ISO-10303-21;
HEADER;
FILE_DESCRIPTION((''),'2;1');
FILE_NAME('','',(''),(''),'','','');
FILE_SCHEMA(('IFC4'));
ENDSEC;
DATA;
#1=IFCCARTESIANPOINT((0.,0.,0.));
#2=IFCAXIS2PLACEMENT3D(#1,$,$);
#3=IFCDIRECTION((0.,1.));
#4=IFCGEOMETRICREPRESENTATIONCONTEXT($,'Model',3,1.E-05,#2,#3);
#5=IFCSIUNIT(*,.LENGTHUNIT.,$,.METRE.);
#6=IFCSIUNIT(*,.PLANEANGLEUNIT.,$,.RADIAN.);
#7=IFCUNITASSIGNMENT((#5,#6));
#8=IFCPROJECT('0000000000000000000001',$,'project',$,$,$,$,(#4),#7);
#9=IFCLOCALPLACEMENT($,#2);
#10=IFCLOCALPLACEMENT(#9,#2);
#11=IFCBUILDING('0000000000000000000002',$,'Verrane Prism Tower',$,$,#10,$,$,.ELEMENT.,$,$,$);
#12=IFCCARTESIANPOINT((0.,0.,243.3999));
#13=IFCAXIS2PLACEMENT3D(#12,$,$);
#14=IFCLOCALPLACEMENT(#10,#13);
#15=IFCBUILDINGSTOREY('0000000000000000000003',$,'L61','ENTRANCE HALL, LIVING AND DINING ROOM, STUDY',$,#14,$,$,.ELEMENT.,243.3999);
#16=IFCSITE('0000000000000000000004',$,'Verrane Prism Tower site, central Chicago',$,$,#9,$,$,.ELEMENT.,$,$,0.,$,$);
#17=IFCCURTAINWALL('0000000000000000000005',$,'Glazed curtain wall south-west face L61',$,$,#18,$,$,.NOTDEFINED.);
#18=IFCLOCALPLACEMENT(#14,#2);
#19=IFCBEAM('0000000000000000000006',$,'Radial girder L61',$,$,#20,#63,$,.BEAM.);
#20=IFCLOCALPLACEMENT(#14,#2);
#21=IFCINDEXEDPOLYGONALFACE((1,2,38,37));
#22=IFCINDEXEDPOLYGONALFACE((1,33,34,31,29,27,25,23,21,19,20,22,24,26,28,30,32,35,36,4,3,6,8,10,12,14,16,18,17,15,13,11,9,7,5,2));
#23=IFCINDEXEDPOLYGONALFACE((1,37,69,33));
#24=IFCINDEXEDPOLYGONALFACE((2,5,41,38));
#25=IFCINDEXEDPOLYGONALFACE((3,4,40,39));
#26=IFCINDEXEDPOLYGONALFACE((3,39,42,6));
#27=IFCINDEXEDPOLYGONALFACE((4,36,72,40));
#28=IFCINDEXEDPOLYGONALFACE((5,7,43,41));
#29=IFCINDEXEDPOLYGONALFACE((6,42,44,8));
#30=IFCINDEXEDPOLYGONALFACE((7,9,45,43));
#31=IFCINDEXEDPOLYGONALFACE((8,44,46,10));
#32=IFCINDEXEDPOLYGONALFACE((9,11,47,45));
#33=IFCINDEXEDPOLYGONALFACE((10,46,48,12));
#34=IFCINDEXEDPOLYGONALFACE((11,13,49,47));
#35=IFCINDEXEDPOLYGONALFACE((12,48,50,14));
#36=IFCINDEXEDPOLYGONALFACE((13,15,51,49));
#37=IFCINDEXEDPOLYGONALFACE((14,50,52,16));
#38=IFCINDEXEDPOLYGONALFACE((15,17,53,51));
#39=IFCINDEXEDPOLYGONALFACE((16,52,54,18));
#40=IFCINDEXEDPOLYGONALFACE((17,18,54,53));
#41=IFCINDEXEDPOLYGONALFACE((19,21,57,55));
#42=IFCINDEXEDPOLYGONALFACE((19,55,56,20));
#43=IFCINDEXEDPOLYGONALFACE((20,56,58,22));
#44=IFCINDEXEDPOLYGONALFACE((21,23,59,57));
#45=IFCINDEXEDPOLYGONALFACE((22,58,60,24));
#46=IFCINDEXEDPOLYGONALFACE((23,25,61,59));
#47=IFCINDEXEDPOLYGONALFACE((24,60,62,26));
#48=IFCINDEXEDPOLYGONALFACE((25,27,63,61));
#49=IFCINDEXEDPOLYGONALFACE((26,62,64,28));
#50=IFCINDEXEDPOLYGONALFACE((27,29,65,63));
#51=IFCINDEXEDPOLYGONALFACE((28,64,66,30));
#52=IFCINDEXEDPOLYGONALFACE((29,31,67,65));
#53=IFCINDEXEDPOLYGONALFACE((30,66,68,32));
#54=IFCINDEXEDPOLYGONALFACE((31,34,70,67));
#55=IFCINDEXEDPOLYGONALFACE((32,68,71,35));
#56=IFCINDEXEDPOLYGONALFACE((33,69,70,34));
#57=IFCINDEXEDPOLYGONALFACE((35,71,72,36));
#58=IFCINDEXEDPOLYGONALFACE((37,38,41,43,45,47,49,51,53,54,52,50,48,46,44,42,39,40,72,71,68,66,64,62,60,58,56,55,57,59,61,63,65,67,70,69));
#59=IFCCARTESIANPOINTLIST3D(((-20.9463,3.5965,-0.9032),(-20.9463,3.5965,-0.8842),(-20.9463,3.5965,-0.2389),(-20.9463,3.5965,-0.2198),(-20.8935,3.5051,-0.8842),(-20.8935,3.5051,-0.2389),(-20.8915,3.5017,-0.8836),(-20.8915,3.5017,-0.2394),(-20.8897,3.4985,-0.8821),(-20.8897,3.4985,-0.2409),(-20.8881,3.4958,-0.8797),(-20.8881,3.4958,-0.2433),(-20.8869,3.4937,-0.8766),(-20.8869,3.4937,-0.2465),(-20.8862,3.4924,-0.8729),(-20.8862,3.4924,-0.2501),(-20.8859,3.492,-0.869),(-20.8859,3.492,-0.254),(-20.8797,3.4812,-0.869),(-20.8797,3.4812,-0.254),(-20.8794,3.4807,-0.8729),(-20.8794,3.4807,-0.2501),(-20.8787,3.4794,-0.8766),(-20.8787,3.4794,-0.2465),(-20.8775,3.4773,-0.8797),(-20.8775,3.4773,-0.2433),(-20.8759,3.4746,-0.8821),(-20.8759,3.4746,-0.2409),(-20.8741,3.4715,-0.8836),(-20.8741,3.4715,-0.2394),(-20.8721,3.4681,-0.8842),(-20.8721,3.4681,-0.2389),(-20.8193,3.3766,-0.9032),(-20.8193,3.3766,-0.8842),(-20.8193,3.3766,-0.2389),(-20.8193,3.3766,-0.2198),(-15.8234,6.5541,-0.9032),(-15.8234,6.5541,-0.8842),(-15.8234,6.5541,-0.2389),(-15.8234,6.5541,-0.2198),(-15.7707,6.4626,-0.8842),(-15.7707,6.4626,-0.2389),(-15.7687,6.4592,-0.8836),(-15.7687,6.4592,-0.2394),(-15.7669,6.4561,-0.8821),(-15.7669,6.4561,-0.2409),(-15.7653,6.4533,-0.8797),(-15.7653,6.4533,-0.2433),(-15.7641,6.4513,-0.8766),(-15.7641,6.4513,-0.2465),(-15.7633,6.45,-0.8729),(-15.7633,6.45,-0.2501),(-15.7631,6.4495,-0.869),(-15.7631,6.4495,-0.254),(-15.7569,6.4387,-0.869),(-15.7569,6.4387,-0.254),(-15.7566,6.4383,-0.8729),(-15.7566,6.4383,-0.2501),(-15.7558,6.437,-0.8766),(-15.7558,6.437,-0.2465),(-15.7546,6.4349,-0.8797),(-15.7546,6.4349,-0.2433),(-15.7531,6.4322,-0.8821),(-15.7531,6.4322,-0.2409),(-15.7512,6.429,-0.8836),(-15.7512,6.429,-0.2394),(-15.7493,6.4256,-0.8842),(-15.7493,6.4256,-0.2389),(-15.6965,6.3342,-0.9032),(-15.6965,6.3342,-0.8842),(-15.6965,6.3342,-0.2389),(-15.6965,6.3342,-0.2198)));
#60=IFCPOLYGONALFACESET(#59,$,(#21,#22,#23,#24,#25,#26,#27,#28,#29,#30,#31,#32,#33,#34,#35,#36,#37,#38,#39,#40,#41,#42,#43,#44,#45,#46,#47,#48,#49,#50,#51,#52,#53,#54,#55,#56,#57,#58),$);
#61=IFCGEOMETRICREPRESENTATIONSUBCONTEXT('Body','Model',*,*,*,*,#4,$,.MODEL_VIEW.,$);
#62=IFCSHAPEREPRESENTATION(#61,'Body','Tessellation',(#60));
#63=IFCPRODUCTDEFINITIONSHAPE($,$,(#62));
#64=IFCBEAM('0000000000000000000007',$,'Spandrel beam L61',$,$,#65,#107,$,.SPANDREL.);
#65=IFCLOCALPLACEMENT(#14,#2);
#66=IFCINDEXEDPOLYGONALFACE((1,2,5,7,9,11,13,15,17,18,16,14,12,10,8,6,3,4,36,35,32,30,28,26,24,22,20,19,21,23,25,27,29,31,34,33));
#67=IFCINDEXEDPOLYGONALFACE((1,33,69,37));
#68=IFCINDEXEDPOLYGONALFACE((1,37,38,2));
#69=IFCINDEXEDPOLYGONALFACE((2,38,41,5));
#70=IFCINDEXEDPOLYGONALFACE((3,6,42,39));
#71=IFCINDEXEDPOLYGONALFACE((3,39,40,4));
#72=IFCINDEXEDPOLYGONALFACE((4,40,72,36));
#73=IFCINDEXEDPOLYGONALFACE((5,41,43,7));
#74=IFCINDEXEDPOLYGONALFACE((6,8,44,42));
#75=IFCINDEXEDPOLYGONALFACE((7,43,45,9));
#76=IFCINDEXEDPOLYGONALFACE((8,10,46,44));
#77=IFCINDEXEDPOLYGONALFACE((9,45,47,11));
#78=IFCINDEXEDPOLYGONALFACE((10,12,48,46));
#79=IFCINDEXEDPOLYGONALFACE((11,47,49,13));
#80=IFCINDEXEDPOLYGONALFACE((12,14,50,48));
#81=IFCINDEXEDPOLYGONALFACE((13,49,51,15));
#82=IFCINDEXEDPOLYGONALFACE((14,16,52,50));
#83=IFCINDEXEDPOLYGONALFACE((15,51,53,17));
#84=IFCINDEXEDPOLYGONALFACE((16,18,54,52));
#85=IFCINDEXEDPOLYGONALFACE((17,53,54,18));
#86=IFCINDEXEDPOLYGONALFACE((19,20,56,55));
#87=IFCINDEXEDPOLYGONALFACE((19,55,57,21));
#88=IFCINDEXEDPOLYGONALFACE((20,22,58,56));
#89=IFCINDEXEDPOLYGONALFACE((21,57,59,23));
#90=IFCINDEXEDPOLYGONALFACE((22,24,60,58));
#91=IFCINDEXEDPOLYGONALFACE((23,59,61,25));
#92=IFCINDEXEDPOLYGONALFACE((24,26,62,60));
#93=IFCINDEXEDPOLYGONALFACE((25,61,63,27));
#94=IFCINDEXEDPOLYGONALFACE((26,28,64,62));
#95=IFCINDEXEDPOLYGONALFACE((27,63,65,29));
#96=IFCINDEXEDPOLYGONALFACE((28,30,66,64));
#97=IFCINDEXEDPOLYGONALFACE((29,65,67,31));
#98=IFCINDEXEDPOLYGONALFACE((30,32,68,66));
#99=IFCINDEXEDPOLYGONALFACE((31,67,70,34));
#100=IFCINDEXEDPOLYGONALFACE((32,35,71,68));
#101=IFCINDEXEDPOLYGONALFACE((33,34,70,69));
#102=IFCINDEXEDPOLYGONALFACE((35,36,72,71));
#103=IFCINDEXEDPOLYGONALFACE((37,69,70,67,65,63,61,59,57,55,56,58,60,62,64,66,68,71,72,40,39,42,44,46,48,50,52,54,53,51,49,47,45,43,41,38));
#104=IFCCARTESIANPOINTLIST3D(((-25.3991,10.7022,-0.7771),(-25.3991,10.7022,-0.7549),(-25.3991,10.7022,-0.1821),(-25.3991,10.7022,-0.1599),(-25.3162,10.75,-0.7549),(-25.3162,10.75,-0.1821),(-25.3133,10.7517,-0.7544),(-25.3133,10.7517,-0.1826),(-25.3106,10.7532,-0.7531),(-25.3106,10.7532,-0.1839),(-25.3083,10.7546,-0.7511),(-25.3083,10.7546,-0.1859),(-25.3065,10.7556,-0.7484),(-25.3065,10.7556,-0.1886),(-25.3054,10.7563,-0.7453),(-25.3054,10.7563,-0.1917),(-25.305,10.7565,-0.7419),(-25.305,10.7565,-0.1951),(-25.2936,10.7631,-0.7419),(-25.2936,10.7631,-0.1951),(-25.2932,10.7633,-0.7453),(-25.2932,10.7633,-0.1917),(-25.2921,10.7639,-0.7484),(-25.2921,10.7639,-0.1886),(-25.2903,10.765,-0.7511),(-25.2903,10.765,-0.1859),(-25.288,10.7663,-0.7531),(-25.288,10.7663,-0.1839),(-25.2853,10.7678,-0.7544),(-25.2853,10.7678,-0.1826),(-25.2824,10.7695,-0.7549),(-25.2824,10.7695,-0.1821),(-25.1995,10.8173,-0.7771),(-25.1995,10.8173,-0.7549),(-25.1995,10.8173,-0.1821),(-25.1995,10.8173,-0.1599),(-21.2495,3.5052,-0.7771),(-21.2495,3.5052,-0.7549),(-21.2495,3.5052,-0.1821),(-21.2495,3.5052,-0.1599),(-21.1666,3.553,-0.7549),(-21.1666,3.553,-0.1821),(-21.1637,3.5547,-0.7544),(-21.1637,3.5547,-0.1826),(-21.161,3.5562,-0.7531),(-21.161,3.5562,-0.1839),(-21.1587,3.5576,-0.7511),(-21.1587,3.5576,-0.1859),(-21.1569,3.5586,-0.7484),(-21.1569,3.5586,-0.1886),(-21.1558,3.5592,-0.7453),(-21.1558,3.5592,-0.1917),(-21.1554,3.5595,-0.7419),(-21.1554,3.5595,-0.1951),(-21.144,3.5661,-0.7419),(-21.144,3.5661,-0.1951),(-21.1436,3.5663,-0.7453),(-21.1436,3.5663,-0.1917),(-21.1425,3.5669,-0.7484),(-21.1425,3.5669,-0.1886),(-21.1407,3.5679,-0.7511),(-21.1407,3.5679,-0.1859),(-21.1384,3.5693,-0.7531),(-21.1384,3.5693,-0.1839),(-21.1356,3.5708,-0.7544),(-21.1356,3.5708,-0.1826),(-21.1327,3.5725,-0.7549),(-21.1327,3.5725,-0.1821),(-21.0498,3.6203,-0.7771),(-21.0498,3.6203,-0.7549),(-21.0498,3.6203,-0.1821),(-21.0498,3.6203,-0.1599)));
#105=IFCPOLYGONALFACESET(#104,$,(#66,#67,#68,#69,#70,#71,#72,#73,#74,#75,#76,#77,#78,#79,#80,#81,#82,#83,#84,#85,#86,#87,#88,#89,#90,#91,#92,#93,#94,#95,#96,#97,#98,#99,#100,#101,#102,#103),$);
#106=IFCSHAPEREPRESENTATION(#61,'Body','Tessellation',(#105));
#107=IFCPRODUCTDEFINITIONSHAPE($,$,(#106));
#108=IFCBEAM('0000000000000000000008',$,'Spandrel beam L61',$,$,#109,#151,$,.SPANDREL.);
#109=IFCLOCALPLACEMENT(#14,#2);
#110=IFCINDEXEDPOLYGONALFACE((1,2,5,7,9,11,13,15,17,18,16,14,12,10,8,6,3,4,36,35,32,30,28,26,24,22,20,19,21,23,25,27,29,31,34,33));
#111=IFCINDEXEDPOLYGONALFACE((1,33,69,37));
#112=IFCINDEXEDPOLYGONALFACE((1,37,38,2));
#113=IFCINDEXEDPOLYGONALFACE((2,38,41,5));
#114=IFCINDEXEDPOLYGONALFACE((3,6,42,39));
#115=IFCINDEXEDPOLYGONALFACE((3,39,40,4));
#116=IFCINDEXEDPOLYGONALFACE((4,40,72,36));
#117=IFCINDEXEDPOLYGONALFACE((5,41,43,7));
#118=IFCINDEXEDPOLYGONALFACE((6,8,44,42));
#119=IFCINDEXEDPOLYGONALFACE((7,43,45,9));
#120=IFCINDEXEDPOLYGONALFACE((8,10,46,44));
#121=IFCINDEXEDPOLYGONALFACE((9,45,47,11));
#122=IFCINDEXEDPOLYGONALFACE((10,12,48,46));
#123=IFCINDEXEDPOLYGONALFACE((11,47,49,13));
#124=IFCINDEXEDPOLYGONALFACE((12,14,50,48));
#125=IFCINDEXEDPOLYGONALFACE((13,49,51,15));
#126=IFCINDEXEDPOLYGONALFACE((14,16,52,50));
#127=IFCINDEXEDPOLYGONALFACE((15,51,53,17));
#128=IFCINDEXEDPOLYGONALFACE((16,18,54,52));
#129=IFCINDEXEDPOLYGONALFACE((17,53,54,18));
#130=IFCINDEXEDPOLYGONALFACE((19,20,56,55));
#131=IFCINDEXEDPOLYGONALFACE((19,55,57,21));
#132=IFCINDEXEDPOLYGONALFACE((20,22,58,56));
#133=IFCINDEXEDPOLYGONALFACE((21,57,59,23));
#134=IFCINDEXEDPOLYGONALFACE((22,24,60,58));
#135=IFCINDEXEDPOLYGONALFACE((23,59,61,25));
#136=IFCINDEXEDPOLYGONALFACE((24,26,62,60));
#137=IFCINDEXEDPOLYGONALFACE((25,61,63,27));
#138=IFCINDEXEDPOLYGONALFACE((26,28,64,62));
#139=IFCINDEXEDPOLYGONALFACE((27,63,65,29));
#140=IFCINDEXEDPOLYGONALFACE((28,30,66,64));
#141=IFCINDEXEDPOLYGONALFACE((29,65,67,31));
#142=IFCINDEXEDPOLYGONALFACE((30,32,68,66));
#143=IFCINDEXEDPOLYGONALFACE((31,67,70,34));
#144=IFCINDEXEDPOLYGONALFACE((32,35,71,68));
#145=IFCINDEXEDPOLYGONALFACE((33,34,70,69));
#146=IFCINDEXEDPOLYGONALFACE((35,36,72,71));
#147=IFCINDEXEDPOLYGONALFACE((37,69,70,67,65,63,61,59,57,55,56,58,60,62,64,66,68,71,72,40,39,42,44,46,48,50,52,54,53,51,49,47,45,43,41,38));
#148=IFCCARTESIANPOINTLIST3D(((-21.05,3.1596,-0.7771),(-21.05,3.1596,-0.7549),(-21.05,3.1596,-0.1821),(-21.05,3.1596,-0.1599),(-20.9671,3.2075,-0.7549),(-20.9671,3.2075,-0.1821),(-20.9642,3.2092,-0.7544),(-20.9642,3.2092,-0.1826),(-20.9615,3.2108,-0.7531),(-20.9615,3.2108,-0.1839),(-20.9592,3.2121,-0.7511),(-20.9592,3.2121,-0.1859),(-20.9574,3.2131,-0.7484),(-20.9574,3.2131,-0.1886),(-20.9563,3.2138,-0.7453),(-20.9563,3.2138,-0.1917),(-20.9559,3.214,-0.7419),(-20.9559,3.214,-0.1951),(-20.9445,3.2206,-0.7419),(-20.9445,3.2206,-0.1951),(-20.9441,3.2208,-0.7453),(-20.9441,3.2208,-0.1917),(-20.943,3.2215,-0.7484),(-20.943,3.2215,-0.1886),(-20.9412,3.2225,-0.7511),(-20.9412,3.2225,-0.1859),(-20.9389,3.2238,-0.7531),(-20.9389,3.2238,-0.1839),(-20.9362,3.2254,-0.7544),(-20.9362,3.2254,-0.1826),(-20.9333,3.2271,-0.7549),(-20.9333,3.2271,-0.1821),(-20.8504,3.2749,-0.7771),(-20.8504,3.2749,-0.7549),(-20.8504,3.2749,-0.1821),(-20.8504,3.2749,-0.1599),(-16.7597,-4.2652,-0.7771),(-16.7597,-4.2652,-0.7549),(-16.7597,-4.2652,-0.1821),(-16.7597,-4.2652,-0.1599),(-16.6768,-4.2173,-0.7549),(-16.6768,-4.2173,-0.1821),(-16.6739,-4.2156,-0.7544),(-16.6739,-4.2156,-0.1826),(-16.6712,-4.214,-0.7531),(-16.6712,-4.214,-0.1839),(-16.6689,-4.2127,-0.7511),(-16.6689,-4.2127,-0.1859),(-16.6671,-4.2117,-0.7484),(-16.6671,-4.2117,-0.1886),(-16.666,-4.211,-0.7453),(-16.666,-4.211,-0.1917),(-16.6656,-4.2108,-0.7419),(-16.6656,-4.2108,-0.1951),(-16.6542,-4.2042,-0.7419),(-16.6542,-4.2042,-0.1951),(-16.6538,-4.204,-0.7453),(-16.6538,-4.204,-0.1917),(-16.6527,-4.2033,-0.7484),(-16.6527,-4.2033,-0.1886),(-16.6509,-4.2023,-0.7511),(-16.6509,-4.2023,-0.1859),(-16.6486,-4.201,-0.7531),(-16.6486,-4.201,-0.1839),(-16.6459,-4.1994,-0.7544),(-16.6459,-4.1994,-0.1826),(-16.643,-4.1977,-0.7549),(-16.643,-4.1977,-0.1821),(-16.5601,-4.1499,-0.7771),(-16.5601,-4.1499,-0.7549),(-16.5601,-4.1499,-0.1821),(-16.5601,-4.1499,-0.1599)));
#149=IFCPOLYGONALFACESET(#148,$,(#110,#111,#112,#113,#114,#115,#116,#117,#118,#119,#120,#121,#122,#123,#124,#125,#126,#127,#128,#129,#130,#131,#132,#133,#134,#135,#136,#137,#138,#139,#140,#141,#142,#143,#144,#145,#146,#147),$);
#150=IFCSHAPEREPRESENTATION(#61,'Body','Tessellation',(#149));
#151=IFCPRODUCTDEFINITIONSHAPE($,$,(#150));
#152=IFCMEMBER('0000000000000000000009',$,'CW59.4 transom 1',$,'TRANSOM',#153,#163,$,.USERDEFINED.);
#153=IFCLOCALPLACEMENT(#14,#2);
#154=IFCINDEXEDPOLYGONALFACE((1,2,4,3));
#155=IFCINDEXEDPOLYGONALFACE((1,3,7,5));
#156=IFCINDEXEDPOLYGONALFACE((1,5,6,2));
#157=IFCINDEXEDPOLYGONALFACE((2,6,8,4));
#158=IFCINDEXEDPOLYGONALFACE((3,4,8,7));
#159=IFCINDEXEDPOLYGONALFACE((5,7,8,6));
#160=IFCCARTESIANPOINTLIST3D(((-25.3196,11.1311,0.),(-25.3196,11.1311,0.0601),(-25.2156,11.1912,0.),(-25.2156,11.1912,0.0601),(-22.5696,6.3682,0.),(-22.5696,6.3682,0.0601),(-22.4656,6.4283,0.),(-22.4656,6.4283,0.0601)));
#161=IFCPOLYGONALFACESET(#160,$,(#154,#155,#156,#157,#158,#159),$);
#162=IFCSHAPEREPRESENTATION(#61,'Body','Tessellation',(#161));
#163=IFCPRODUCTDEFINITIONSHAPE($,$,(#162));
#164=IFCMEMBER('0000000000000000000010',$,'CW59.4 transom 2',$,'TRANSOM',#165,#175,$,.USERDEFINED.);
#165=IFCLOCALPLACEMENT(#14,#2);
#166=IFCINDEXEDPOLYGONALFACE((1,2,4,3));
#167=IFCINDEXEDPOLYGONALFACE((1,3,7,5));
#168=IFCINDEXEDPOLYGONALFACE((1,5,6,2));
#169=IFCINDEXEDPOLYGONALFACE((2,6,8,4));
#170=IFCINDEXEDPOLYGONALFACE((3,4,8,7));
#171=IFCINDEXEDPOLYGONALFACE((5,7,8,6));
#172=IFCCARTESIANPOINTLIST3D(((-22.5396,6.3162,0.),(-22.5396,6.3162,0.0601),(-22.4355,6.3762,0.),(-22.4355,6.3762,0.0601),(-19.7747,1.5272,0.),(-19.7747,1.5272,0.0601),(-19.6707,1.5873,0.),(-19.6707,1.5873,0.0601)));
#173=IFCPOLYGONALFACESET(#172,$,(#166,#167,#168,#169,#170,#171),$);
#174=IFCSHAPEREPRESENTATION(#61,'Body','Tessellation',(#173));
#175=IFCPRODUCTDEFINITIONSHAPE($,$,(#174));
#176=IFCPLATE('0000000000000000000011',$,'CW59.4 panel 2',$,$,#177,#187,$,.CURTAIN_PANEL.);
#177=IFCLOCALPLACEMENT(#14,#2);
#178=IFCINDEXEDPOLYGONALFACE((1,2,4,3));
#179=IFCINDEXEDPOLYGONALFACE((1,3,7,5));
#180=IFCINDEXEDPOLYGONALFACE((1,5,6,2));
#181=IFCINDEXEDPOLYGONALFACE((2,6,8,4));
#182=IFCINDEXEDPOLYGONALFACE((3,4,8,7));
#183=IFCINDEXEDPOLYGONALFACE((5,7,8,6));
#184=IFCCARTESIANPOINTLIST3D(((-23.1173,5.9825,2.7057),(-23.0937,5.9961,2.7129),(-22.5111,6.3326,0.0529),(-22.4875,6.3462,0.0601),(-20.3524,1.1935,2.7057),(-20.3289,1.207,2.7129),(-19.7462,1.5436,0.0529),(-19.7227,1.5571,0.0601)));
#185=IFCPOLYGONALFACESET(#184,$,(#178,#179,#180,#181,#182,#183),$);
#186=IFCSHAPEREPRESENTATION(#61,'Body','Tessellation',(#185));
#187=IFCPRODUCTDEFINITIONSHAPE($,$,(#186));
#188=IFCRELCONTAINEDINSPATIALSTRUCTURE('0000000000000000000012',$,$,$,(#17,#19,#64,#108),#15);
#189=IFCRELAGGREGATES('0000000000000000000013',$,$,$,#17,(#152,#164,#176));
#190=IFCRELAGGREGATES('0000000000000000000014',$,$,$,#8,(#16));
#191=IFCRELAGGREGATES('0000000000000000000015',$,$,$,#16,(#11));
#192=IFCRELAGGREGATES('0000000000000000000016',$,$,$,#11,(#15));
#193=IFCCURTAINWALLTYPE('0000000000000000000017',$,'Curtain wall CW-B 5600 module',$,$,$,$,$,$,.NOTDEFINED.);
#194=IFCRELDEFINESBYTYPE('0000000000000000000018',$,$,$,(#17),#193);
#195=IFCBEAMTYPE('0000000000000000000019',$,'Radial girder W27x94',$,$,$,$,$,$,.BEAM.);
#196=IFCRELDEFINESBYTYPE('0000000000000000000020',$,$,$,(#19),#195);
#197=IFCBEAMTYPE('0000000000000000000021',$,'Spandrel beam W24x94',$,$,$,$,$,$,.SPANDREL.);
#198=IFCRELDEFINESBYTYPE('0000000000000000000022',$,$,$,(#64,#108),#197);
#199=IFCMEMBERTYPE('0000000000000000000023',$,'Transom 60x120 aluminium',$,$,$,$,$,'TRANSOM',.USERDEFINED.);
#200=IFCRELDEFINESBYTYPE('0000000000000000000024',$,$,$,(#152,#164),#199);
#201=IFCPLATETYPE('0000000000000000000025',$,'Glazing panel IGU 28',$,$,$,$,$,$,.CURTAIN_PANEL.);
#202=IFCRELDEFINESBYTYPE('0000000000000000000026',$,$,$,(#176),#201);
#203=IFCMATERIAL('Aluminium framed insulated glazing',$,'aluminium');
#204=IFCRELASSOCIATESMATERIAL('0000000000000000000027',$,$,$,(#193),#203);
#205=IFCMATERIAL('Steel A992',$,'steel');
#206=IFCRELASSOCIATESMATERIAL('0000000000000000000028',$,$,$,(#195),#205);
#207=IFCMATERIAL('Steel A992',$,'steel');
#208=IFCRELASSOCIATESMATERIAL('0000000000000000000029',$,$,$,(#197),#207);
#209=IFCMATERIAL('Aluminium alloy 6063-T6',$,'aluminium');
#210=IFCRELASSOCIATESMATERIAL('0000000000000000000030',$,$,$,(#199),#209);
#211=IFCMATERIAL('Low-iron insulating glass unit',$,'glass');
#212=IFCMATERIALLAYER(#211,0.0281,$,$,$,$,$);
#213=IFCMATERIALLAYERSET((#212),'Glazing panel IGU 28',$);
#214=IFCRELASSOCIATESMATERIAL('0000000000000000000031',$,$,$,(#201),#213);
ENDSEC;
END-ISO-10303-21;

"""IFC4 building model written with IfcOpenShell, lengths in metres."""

from ifc_helpers import new_model, si_unit, direction, frame, origin, origin_2d, place, context, subcontext, project, spatial, polyline, rectangle, i_section, outline, extrude, material, layer, layer_set, material_profile, profile_set, type_object, element, aggregate, save


model = new_model("IFC4")

# Units and contexts
model_context = context("Model", 3, precision=1e-05, world=origin(), true_north=direction((0.0, 1.0)))
body_context = subcontext(model_context, "Body", "Model", "MODEL_VIEW")
ifc_project = project(units=[si_unit("LENGTHUNIT", "METRE"), si_unit("PLANEANGLEUNIT", "RADIAN")], contexts=[model_context])

# Site, building, storey
site_placement = place(None, origin())
site = spatial("IfcSite", under=ifc_project, at=site_placement, Name="Verrane Prism Tower site, central Chicago", CompositionType="ELEMENT", RefElevation=0.0)
building_placement = place(site_placement, origin())
building = spatial("IfcBuilding", under=site, at=building_placement, Name="Verrane Prism Tower", CompositionType="ELEMENT")
storey_placement = place(building_placement, frame((0.0, 0.0, 243.3999)))
storey = spatial("IfcBuildingStorey", under=building, at=storey_placement, Name="L61", Description="ENTRANCE HALL, LIVING AND DINING ROOM, STUDY", CompositionType="ELEMENT", Elevation=243.3999)

# Curtain wall
ifc_material_1 = material(Name="Aluminium framed insulated glazing", Category="aluminium")
curtain_wall_type = type_object("IfcCurtainWallType", Name="Curtain wall CW-B 5600 module", PredefinedType="NOTDEFINED", material=ifc_material_1)
curtain_wall_placement = place(storey_placement, origin())
curtain_wall = element("IfcCurtainWall", 1, at=curtain_wall_placement, inside=storey, type_object=curtain_wall_type, Name="Glazed curtain wall south-west face L61", PredefinedType="NOTDEFINED")

# Beams
ifc_material_2 = material(Name="Steel A992", Category="steel")
ifc_material_profile_1 = material_profile(ifc_material_2, i_section(OverallWidth=0.2539, OverallDepth=0.6833, WebThickness=0.0125, FlangeThickness=0.019, FilletRadius=0.0151, at=origin_2d()), Name="W27x94")
ifc_profile_set_1 = profile_set([ifc_material_profile_1], Name="Steel A992")
beam_type_1 = type_object("IfcBeamType", Name="Radial girder W27x94", PredefinedType="BEAM", material=ifc_profile_set_1)
beam_1_placement = place(storey_placement, frame((-20.8828, 3.4866, -0.5615), z_axis=(0.866035, 0.499983, 0.0), x_axis=(-0.499983, 0.866035, 0.0)))
element("IfcBeam", 2, at=beam_1_placement, inside=storey, type_object=beam_type_1, Name="Radial girder L61", PredefinedType="BEAM", context=body_context, shape_type="SweptSolid", body=[
    extrude(i_section(OverallWidth=0.2539, OverallDepth=0.6833, WebThickness=0.0125, FlangeThickness=0.019, FilletRadius=0.0151, at=origin_2d()), origin(), (0.0, 0.0, 1.0), 5.9153),
])
ifc_material_3 = material(Name="Steel A992", Category="steel")
ifc_material_profile_2 = material_profile(ifc_material_3, i_section(OverallWidth=0.2305, OverallDepth=0.6172, WebThickness=0.0132, FlangeThickness=0.0222, FilletRadius=0.0129, at=origin_2d()), Name="W24x94")
ifc_profile_set_2 = profile_set([ifc_material_profile_2], Name="Steel A992")
beam_type_2 = type_object("IfcBeamType", Name="Spandrel beam W24x94", PredefinedType="SPANDREL", material=ifc_profile_set_2)
beam_2_placement = place(storey_placement, frame((-25.2993, 10.7598, -0.4685), z_axis=(0.499499, -0.866314, 0.0), x_axis=(0.866314, 0.499499, 0.0)))
element("IfcBeam", 3, at=beam_2_placement, inside=storey, type_object=beam_type_2, Name="Spandrel beam L61", PredefinedType="SPANDREL", context=body_context, shape_type="SweptSolid", body=[
    extrude(i_section(OverallWidth=0.2305, OverallDepth=0.6172, WebThickness=0.0132, FlangeThickness=0.0222, FilletRadius=0.0129, at=origin_2d()), origin(), (0.0, 0.0, 1.0), 8.3076),
])
beam_3_placement = place(storey_placement, frame((-20.9502, 3.2173, -0.4685), z_axis=(0.500312, -0.865845, 0.0), x_axis=(0.865845, 0.500312, 0.0)))
element("IfcBeam", 4, at=beam_3_placement, inside=storey, type_object=beam_type_2, Name="Spandrel beam L61", PredefinedType="SPANDREL", context=body_context, shape_type="SweptSolid", body=[
    extrude(i_section(OverallWidth=0.2305, OverallDepth=0.6172, WebThickness=0.0132, FlangeThickness=0.0222, FilletRadius=0.0129, at=origin_2d()), origin(), (0.0, 0.0, 1.0), 8.5752),
])

# Members
ifc_material_4 = material(Name="Aluminium alloy 6063-T6", Category="aluminium")
ifc_material_profile_3 = material_profile(ifc_material_4, rectangle(XDim=0.1201, YDim=0.0601, at=origin_2d()), Name="Transom 60x120 aluminium")
ifc_profile_set_3 = profile_set([ifc_material_profile_3], Name="Aluminium alloy 6063-T6")
member_type_1 = type_object("IfcMemberType", Name="Transom 60x120 aluminium", ElementType="TRANSOM", PredefinedType="USERDEFINED", material=ifc_profile_set_3)
member_1_placement = place(storey_placement, frame((-25.2676, 11.1611, 0.03), z_axis=(0.500016, -0.866016, 0.0), x_axis=(0.866016, 0.500016, 0.0)))
member_1 = element("IfcMember", 5, at=member_1_placement, type_object=member_type_1, Name="CW59.4 transom 1", ObjectType="TRANSOM", PredefinedType="USERDEFINED", context=body_context, shape_type="SweptSolid", body=[
    extrude(rectangle(XDim=0.1201, YDim=0.0601, at=origin_2d()), origin(), (0.0, 0.0, 1.0), 5.4998),
])
member_2_placement = place(storey_placement, frame((-22.4875, 6.3462, 0.03), z_axis=(0.49999, -0.866031, 0.0), x_axis=(0.866031, 0.49999, 0.0)))
member_2 = element("IfcMember", 6, at=member_2_placement, type_object=member_type_1, Name="CW59.4 transom 2", ObjectType="TRANSOM", PredefinedType="USERDEFINED", context=body_context, shape_type="SweptSolid", body=[
    extrude(rectangle(XDim=0.1201, YDim=0.0601, at=origin_2d()), origin(), (0.0, 0.0, 1.0), 5.5298),
])

# Plate
ifc_material_5 = material(Name="Low-iron insulating glass unit", Category="glass")
ifc_layer_1 = layer(ifc_material_5, 0.0281)
ifc_layer_set_1 = layer_set([ifc_layer_1], Name="Glazing panel IGU 28")
plate_type = type_object("IfcPlateType", Name="Glazing panel IGU 28", PredefinedType="CURTAIN_PANEL", material=ifc_layer_set_1)
plate_placement = place(storey_placement, frame((-22.4875, 6.3462, 0.0601), z_axis=(0.837367, 0.483441, 0.255148), x_axis=(0.49999, -0.866031, 0.0)))
plate = element("IfcPlate", 7, at=plate_placement, type_object=plate_type, Name="CW59.4 panel 2", PredefinedType="CURTAIN_PANEL", context=body_context, shape_type="SweptSolid", body=[
    extrude(outline(polyline([(0.0, 0.0), (5.5299, 0.0), (5.53, -2.7436), (0.0001, -2.7436), (0.0, 0.0)])), origin(), (0.0, 0.0, -1.0), 0.0281),
])
aggregate(curtain_wall, [member_1, member_2, plate])

save(model, "model.ifc")
